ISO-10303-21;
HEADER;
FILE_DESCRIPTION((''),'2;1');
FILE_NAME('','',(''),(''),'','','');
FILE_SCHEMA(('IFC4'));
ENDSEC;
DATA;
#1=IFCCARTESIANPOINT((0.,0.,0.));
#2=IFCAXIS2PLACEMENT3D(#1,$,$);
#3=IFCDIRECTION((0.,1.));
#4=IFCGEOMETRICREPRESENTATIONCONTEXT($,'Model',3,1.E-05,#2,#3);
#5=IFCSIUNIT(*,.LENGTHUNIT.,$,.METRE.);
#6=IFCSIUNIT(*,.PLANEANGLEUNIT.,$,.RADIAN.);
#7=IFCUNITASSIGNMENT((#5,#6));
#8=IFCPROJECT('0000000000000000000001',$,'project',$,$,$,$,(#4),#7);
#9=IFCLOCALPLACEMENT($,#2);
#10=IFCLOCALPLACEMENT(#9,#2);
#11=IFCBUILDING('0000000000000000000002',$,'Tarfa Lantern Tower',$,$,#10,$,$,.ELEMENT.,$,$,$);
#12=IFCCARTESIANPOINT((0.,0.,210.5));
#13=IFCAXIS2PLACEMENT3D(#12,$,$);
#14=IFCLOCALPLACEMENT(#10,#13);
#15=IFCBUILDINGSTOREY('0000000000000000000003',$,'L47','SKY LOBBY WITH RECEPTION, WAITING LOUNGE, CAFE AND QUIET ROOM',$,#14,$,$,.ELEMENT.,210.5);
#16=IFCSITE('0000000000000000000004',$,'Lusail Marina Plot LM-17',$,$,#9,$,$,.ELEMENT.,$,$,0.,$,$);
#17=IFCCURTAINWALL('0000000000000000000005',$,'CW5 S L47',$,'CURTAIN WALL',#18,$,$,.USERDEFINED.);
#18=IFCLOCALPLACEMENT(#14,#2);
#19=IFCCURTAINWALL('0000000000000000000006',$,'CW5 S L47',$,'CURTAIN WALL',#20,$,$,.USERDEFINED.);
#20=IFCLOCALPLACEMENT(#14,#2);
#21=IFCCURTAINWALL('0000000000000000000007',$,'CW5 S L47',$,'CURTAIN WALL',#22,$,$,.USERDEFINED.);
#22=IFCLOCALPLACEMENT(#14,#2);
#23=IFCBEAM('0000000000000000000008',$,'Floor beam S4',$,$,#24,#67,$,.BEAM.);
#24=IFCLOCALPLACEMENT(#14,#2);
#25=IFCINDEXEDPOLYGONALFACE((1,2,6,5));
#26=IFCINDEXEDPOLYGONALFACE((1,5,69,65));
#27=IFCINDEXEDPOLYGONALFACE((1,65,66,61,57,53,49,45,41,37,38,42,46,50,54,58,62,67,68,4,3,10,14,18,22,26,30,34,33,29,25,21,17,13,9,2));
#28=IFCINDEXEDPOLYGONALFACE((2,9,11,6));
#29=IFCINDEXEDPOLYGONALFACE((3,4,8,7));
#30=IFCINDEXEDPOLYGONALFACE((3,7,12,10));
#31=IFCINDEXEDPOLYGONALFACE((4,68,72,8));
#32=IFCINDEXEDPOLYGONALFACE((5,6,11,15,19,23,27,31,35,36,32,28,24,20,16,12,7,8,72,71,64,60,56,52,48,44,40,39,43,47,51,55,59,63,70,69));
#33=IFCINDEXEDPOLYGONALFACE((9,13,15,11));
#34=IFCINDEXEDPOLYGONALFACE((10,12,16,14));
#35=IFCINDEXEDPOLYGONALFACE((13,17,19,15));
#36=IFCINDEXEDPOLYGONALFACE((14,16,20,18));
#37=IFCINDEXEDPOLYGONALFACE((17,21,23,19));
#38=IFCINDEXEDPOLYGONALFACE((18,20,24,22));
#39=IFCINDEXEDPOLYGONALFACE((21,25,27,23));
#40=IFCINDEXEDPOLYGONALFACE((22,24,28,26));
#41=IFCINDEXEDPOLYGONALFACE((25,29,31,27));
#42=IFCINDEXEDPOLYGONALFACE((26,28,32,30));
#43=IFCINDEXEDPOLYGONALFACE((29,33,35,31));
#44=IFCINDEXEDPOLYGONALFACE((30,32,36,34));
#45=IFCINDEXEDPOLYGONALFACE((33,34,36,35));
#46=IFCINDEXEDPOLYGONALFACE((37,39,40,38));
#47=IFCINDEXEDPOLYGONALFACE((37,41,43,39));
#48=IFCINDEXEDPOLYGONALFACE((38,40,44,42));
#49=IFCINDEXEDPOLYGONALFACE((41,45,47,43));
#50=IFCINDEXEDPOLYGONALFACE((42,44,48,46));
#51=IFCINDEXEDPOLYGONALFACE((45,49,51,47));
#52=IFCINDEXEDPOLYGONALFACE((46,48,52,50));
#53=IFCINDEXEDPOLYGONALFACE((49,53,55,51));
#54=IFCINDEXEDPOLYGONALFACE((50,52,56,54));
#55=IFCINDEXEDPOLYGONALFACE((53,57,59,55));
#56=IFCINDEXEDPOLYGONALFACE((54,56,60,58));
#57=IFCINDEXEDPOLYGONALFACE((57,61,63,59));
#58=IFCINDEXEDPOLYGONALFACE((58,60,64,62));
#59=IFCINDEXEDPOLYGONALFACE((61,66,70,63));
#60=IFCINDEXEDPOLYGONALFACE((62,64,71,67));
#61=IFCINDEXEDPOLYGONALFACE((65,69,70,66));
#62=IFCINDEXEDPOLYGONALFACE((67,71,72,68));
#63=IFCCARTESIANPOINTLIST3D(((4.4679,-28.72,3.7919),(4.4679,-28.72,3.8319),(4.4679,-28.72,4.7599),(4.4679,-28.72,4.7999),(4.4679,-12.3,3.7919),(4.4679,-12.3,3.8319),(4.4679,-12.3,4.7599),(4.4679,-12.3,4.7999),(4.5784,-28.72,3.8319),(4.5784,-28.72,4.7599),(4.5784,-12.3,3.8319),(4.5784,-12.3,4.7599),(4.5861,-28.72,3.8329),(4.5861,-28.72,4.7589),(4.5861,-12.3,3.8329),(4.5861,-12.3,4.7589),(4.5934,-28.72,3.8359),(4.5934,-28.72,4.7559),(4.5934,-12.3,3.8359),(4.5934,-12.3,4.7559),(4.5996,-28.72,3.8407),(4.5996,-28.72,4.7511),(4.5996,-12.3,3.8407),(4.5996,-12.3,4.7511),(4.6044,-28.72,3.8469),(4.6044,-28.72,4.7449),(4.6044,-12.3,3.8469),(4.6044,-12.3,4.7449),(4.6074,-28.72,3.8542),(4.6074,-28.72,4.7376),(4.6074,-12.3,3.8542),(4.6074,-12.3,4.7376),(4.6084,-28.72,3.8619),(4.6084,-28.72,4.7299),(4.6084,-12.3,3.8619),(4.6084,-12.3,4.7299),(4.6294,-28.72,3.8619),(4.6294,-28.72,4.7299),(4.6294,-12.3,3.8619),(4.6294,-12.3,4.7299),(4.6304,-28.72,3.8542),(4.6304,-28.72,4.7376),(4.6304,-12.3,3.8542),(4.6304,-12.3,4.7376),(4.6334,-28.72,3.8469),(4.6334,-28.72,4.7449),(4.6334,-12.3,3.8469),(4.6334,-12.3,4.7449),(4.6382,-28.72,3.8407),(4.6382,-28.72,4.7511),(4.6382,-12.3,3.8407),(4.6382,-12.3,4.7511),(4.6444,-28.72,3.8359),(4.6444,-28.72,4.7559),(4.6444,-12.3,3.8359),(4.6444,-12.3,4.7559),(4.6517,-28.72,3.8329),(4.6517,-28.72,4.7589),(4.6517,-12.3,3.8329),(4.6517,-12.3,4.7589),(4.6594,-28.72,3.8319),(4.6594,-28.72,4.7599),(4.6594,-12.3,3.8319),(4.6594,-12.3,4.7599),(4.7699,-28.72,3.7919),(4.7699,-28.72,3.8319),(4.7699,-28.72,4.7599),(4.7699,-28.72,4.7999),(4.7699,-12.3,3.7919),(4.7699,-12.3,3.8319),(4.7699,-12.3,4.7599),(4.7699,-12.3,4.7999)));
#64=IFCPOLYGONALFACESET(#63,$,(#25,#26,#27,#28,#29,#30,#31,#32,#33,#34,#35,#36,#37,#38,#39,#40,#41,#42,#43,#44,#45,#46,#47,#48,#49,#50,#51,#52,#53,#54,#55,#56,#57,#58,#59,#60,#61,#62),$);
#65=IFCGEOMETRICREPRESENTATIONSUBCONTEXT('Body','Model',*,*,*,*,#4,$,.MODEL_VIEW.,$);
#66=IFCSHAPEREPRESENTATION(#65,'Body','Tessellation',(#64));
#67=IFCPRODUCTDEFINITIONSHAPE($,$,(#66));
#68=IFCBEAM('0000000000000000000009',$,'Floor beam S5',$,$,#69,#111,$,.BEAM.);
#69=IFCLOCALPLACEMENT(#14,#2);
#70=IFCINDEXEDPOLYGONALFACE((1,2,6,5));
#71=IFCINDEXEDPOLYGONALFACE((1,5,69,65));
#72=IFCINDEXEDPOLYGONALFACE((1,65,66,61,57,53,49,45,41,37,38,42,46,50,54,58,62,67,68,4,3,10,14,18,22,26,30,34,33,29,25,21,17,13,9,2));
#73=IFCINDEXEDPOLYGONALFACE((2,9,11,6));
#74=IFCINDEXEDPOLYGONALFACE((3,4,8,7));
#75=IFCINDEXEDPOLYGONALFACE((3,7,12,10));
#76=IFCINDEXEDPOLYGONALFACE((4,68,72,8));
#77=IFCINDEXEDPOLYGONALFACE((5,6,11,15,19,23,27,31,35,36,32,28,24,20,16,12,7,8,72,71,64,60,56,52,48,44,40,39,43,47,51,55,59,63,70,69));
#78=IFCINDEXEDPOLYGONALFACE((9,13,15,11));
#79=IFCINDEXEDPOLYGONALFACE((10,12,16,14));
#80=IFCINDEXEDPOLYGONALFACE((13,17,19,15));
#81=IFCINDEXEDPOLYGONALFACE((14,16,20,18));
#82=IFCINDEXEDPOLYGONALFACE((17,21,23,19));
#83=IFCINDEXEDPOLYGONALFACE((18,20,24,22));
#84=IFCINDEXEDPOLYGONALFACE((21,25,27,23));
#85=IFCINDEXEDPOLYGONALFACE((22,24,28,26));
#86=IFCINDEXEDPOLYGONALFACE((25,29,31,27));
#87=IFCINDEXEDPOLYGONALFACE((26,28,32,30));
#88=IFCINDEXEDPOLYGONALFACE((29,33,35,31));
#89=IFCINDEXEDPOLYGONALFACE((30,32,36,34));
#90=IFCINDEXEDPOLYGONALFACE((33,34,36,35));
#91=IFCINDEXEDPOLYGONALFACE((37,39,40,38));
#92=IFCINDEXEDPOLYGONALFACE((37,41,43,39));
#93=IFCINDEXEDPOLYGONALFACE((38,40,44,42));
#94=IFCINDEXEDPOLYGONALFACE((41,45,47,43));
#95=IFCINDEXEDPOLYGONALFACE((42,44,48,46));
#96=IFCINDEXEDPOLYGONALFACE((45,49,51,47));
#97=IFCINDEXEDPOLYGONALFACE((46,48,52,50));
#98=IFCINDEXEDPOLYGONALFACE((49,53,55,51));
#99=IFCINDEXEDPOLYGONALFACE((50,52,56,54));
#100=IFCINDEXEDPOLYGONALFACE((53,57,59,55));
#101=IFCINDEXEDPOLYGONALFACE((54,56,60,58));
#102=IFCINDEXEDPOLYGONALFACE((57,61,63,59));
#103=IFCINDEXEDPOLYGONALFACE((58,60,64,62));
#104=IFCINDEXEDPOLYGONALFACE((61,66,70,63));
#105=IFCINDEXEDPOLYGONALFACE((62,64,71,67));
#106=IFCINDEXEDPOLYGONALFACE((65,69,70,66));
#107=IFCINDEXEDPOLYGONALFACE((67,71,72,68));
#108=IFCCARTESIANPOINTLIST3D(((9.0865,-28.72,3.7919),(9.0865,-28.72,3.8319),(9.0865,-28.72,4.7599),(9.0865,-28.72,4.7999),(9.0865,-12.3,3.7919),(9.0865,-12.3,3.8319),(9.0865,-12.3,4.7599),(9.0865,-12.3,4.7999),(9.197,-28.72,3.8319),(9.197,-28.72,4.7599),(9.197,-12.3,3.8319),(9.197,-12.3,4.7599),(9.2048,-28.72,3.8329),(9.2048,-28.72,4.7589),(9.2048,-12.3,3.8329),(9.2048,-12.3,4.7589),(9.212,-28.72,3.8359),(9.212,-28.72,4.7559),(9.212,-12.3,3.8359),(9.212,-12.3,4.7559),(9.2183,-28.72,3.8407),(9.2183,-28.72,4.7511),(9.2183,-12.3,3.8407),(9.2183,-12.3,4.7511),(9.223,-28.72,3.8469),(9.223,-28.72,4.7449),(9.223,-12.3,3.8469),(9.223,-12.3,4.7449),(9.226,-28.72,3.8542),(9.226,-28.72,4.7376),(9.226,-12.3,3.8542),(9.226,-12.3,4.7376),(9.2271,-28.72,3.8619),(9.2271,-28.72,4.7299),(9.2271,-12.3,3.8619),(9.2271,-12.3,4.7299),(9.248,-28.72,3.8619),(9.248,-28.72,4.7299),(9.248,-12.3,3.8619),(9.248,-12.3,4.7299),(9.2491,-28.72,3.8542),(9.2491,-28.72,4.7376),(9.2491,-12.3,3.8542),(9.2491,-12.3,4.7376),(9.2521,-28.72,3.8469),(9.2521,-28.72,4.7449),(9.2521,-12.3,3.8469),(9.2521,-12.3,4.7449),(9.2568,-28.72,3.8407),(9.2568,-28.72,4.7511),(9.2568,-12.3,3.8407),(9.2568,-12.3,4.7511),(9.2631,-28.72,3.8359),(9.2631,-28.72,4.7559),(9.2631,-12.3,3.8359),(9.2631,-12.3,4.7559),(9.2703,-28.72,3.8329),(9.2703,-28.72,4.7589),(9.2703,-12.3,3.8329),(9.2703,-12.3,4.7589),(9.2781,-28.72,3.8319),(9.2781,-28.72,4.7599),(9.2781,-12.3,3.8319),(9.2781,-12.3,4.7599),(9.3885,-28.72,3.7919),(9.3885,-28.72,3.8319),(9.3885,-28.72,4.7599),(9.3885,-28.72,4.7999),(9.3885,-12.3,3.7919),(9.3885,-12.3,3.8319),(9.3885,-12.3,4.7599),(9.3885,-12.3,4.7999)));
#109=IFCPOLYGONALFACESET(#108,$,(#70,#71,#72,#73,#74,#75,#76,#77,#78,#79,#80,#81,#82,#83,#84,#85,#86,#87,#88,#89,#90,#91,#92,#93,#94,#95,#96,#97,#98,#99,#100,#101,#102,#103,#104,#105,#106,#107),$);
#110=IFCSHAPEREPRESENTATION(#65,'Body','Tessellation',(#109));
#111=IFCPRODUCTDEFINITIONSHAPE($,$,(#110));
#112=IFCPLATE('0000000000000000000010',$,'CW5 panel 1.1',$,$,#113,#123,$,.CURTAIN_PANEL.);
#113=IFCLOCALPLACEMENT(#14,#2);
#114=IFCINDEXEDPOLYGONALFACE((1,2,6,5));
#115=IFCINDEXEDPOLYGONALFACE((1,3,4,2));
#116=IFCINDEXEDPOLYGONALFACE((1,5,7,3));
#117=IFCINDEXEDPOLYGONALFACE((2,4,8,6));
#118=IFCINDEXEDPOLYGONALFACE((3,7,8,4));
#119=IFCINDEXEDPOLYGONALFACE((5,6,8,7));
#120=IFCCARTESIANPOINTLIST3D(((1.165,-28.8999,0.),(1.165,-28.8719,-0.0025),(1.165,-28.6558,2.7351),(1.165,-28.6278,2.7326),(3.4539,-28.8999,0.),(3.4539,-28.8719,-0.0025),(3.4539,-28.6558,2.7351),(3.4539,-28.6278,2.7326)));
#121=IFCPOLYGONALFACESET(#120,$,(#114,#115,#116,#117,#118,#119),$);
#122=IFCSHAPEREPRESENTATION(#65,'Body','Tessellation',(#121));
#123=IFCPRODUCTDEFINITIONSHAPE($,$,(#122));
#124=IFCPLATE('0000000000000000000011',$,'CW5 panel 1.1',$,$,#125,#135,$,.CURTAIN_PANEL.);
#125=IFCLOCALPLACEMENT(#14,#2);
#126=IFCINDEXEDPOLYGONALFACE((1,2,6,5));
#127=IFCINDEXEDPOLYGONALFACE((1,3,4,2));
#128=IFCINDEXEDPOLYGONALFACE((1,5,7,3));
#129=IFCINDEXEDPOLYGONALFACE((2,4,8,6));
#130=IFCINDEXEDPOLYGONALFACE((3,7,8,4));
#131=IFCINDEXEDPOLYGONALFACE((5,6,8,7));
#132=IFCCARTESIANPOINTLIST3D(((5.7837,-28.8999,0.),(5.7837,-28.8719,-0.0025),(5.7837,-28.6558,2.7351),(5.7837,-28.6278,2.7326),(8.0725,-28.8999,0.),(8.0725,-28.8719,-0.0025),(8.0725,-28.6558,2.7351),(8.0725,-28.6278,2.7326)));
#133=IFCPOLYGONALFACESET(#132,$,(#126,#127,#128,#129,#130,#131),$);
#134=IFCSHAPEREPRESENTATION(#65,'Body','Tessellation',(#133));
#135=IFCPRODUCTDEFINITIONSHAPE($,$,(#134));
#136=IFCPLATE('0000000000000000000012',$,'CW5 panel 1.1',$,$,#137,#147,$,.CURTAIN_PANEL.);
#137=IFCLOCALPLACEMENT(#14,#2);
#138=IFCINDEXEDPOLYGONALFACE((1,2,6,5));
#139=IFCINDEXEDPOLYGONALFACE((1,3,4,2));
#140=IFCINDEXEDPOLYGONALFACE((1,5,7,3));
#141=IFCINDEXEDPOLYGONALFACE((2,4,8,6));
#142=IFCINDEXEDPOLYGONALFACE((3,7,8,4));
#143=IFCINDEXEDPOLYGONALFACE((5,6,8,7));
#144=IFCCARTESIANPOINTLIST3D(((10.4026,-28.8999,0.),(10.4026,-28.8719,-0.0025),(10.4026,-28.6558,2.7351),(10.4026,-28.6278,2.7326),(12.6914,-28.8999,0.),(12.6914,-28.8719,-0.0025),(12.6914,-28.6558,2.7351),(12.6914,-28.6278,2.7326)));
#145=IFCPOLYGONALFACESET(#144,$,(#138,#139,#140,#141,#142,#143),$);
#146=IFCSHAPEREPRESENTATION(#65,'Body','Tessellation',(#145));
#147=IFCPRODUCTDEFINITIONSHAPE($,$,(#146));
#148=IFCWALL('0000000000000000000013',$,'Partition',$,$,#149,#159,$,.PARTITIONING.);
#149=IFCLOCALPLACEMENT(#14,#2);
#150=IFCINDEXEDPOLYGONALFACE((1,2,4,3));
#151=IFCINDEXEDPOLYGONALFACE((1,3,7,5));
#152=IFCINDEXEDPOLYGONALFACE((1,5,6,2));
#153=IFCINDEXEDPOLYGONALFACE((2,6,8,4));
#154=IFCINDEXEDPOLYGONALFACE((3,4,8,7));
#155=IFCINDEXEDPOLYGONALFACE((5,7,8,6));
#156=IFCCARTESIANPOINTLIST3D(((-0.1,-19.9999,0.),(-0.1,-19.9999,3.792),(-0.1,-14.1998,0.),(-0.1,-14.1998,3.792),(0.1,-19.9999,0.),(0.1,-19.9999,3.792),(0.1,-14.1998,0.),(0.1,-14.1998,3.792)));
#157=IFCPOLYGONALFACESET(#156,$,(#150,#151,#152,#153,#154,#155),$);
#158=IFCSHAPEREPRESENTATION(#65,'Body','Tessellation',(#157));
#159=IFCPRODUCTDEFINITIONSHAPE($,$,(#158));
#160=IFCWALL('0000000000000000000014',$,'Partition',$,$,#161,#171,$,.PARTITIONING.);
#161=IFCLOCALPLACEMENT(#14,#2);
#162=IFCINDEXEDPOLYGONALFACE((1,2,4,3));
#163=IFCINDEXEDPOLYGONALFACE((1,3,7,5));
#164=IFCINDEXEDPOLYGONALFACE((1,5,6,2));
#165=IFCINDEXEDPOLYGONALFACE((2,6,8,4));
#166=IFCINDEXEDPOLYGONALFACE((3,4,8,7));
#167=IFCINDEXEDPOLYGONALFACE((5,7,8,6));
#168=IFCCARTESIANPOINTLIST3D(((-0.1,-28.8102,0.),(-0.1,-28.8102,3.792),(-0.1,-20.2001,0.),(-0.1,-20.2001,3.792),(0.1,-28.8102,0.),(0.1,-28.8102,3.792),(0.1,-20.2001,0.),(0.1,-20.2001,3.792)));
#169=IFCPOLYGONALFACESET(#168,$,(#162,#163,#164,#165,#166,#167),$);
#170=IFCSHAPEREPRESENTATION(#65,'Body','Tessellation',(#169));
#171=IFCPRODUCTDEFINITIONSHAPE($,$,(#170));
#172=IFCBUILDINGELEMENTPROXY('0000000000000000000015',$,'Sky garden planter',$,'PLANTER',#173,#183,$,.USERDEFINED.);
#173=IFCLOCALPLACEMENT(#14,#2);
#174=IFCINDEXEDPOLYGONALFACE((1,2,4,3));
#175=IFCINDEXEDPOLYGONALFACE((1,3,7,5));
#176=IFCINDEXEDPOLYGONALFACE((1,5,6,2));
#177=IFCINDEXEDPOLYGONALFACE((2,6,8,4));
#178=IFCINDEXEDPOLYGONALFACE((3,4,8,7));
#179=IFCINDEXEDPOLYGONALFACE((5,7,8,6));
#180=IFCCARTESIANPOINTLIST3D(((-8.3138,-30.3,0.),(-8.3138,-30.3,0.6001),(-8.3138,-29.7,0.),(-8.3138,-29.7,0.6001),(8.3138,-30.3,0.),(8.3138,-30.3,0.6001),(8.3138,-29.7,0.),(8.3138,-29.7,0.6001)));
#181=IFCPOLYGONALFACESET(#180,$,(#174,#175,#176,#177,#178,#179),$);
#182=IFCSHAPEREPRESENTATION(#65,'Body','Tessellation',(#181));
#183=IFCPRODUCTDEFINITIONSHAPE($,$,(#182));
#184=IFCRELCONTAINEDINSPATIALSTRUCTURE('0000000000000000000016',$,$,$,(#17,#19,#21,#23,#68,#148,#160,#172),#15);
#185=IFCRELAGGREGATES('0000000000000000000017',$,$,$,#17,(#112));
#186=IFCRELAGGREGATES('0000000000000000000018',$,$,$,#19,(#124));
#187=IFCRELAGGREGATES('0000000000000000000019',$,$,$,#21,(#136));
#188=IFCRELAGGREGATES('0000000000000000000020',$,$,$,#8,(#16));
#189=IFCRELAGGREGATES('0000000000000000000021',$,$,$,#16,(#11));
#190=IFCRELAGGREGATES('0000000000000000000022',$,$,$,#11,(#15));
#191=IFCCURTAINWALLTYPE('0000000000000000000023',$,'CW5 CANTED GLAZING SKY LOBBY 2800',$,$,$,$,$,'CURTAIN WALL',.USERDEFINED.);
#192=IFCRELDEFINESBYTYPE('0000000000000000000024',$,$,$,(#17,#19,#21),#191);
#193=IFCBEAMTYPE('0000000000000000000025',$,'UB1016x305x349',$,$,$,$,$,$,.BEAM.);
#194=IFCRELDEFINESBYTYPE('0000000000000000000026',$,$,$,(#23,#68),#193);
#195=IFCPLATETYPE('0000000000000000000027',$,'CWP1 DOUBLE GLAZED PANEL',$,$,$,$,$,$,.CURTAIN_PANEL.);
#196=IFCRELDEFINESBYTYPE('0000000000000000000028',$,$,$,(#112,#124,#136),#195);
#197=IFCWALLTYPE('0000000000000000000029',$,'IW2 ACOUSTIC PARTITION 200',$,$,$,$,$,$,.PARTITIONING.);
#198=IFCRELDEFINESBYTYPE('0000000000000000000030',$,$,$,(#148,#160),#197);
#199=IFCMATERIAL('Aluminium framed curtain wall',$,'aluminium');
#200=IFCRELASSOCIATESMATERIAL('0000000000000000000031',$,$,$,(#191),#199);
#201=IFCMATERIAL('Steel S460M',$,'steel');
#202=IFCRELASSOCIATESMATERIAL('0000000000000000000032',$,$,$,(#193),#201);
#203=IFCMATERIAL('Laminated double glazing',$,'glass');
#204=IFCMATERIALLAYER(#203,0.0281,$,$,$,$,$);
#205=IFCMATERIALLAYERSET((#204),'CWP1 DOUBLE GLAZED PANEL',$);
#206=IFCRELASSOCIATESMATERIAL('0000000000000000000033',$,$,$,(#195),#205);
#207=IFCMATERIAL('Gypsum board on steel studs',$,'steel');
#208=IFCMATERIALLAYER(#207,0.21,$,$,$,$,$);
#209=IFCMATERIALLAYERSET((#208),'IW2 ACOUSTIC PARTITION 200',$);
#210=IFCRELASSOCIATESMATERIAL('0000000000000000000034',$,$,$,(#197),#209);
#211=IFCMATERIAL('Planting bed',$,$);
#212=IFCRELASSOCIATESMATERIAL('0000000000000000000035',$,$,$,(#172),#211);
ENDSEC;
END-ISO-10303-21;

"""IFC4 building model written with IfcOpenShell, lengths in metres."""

from ifc_helpers import new_model, si_unit, direction, frame, frame_2d, origin, origin_2d, place, context, subcontext, project, spatial, polyline, rectangle, i_section, outline, extrude, material, layer, layer_set, material_profile, profile_set, type_object, element, aggregate, save


model = new_model("IFC4")

# Units and contexts
model_context = context("Model", 3, precision=1e-05, world=origin(), true_north=direction((0.0, 1.0)))
body_context = subcontext(model_context, "Body", "Model", "MODEL_VIEW")
ifc_project = project(units=[si_unit("LENGTHUNIT", "METRE"), si_unit("PLANEANGLEUNIT", "RADIAN")], contexts=[model_context])

# Site, building, storey
site_placement = place(None, origin())
site = spatial("IfcSite", under=ifc_project, at=site_placement, Name="Lusail Marina Plot LM-17", CompositionType="ELEMENT", RefElevation=0.0)
building_placement = place(site_placement, origin())
building = spatial("IfcBuilding", under=site, at=building_placement, Name="Tarfa Lantern Tower", CompositionType="ELEMENT")
storey_placement = place(building_placement, frame((0.0, 0.0, 210.5)))
storey = spatial("IfcBuildingStorey", under=building, at=storey_placement, Name="L47", Description="SKY LOBBY WITH RECEPTION, WAITING LOUNGE, CAFE AND QUIET ROOM", CompositionType="ELEMENT", Elevation=210.5)

# Shared definitions
ifc_material_1 = material(Name="Steel S460M", Category="steel")

# Curtain walls
ifc_material_2 = material(Name="Aluminium framed curtain wall", Category="aluminium")
curtain_wall_type = type_object("IfcCurtainWallType", Name="CW5 CANTED GLAZING SKY LOBBY 2800", ElementType="CURTAIN WALL", PredefinedType="USERDEFINED", material=ifc_material_2)
curtain_wall_1_placement = place(storey_placement, origin())
curtain_wall_1 = element("IfcCurtainWall", 1, at=curtain_wall_1_placement, inside=storey, type_object=curtain_wall_type, Name="CW5 S L47", ObjectType="CURTAIN WALL", PredefinedType="USERDEFINED")
curtain_wall_2_placement = place(storey_placement, origin())
curtain_wall_2 = element("IfcCurtainWall", 2, at=curtain_wall_2_placement, inside=storey, type_object=curtain_wall_type, Name="CW5 S L47", ObjectType="CURTAIN WALL", PredefinedType="USERDEFINED")
curtain_wall_3_placement = place(storey_placement, origin())
curtain_wall_3 = element("IfcCurtainWall", 3, at=curtain_wall_3_placement, inside=storey, type_object=curtain_wall_type, Name="CW5 S L47", ObjectType="CURTAIN WALL", PredefinedType="USERDEFINED")

# Beams
ifc_material_profile_1 = material_profile(ifc_material_1, i_section(OverallWidth=0.302, OverallDepth=1.0081, WebThickness=0.021, FlangeThickness=0.04, FilletRadius=0.03, at=origin_2d()), Name="UB1016x305x349")
ifc_profile_set_1 = profile_set([ifc_material_profile_1], Name="Steel S460M")
beam_type_1 = type_object("IfcBeamType", Name="UB1016x305x349", PredefinedType="BEAM", material=ifc_profile_set_1)
for number, where, z_axis, x_axis, name in (
    (4, (4.6189, -28.72, 4.2959), (0.0, 1.0, 0.0), (-1.0, 0.0, 0.0), "Floor beam S4"),
    (5, (9.2375, -28.72, 4.2959), (0.0, 1.0, 0.0), (-1.0, 0.0, 0.0), "Floor beam S5"),
):
    element("IfcBeam", number, at=place(storey_placement, frame(where, z_axis=z_axis, x_axis=x_axis)), inside=storey, type_object=beam_type_1, Name=name, PredefinedType="BEAM", context=body_context, shape_type="SweptSolid", body=[
        extrude(i_section(OverallWidth=0.302, OverallDepth=1.0081, WebThickness=0.021, FlangeThickness=0.04, FilletRadius=0.03, at=origin_2d()), origin(), (0.0, 0.0, 1.0), 16.4199),
    ])

# Plates
ifc_material_3 = material(Name="Laminated double glazing", Category="glass")
ifc_layer_1 = layer(ifc_material_3, 0.0281)
ifc_layer_set_1 = layer_set([ifc_layer_1], Name="CWP1 DOUBLE GLAZED PANEL")
plate_type = type_object("IfcPlateType", Name="CWP1 DOUBLE GLAZED PANEL", PredefinedType="CURTAIN_PANEL", material=ifc_layer_set_1)
plate_1_placement = place(storey_placement, frame((1.165, -28.8999, 0.0), z_axis=(0.0, -0.99604, 0.088908), x_axis=(1.0, 0.0, 0.0)))
plate_1 = element("IfcPlate", 6, at=plate_1_placement, type_object=plate_type, Name="CW5 panel 1.1", PredefinedType="CURTAIN_PANEL", context=body_context, shape_type="SweptSolid", body=[
    extrude(outline(polyline([(0.0, 0.0), (2.2888, 0.0), (2.2888, 2.746), (0.0, 2.746), (0.0, 0.0)])), origin(), (0.0, 0.0, -1.0), 0.0281),
])
aggregate(curtain_wall_1, [plate_1])
plate_2_placement = place(storey_placement, frame((5.7837, -28.8999, 0.0), z_axis=(0.0, -0.99604, 0.088908), x_axis=(1.0, 0.0, 0.0)))
plate_2 = element("IfcPlate", 7, at=plate_2_placement, type_object=plate_type, Name="CW5 panel 1.1", PredefinedType="CURTAIN_PANEL", context=body_context, shape_type="SweptSolid", body=[
    extrude(outline(polyline([(0.0, 0.0), (2.2888, 0.0), (2.2888, 2.746), (0.0, 2.746), (0.0, 0.0)])), origin(), (0.0, 0.0, -1.0), 0.0281),
])
aggregate(curtain_wall_2, [plate_2])
plate_3_placement = place(storey_placement, frame((10.4026, -28.8999, 0.0), z_axis=(0.0, -0.99604, 0.088908), x_axis=(1.0, 0.0, 0.0)))
plate_3 = element("IfcPlate", 8, at=plate_3_placement, type_object=plate_type, Name="CW5 panel 1.1", PredefinedType="CURTAIN_PANEL", context=body_context, shape_type="SweptSolid", body=[
    extrude(outline(polyline([(0.0, 0.0), (2.2888, 0.0), (2.2888, 2.746), (0.0, 2.746), (0.0, 0.0)])), origin(), (0.0, 0.0, -1.0), 0.0281),
])
aggregate(curtain_wall_3, [plate_3])

# Walls
ifc_material_4 = material(Name="Gypsum board on steel studs", Category="steel")
ifc_layer_2 = layer(ifc_material_4, 0.21)
ifc_layer_set_2 = layer_set([ifc_layer_2], Name="IW2 ACOUSTIC PARTITION 200")
wall_type = type_object("IfcWallType", Name="IW2 ACOUSTIC PARTITION 200", PredefinedType="PARTITIONING", material=ifc_layer_set_2)
wall_1_placement = place(storey_placement, frame((0.0, -14.2, 0.0), z_axis=(0.0, 0.0, 1.0), x_axis=(0.0, -1.0, 0.0)))
element("IfcWall", 9, at=wall_1_placement, inside=storey, type_object=wall_type, Name="Partition", PredefinedType="PARTITIONING", context=body_context, shape_type="SweptSolid", body=[
    extrude(rectangle(XDim=5.8, YDim=0.2, at=frame_2d((2.8999, 0.0))), origin(), (0.0, 0.0, 1.0), 3.792),
])
wall_2_placement = place(storey_placement, frame((0.0, -20.2, 0.0), z_axis=(0.0, 0.0, 1.0), x_axis=(0.0, -1.0, 0.0)))
element("IfcWall", 10, at=wall_2_placement, inside=storey, type_object=wall_type, Name="Partition", PredefinedType="PARTITIONING", context=body_context, shape_type="SweptSolid", body=[
    extrude(rectangle(XDim=8.6101, YDim=0.2, at=frame_2d((4.3052, 0.0))), origin(), (0.0, 0.0, 1.0), 3.792),
])

# Building element proxy
ifc_material_5 = material(Name="Planting bed")
proxy_placement = place(storey_placement, frame((0.0, -30.0, 0.0), z_axis=(0.0, 0.0, 1.0), x_axis=(1.0, 0.0, 0.0)))
element("IfcBuildingElementProxy", 11, at=proxy_placement, inside=storey, material=ifc_material_5, Name="Sky garden planter", ObjectType="PLANTER", PredefinedType="USERDEFINED", context=body_context, shape_type="SweptSolid", body=[
    extrude(rectangle(XDim=16.6277, YDim=0.6001, at=origin_2d()), origin(), (0.0, 0.0, 1.0), 0.6001),
])

save(model, "model.ifc")
